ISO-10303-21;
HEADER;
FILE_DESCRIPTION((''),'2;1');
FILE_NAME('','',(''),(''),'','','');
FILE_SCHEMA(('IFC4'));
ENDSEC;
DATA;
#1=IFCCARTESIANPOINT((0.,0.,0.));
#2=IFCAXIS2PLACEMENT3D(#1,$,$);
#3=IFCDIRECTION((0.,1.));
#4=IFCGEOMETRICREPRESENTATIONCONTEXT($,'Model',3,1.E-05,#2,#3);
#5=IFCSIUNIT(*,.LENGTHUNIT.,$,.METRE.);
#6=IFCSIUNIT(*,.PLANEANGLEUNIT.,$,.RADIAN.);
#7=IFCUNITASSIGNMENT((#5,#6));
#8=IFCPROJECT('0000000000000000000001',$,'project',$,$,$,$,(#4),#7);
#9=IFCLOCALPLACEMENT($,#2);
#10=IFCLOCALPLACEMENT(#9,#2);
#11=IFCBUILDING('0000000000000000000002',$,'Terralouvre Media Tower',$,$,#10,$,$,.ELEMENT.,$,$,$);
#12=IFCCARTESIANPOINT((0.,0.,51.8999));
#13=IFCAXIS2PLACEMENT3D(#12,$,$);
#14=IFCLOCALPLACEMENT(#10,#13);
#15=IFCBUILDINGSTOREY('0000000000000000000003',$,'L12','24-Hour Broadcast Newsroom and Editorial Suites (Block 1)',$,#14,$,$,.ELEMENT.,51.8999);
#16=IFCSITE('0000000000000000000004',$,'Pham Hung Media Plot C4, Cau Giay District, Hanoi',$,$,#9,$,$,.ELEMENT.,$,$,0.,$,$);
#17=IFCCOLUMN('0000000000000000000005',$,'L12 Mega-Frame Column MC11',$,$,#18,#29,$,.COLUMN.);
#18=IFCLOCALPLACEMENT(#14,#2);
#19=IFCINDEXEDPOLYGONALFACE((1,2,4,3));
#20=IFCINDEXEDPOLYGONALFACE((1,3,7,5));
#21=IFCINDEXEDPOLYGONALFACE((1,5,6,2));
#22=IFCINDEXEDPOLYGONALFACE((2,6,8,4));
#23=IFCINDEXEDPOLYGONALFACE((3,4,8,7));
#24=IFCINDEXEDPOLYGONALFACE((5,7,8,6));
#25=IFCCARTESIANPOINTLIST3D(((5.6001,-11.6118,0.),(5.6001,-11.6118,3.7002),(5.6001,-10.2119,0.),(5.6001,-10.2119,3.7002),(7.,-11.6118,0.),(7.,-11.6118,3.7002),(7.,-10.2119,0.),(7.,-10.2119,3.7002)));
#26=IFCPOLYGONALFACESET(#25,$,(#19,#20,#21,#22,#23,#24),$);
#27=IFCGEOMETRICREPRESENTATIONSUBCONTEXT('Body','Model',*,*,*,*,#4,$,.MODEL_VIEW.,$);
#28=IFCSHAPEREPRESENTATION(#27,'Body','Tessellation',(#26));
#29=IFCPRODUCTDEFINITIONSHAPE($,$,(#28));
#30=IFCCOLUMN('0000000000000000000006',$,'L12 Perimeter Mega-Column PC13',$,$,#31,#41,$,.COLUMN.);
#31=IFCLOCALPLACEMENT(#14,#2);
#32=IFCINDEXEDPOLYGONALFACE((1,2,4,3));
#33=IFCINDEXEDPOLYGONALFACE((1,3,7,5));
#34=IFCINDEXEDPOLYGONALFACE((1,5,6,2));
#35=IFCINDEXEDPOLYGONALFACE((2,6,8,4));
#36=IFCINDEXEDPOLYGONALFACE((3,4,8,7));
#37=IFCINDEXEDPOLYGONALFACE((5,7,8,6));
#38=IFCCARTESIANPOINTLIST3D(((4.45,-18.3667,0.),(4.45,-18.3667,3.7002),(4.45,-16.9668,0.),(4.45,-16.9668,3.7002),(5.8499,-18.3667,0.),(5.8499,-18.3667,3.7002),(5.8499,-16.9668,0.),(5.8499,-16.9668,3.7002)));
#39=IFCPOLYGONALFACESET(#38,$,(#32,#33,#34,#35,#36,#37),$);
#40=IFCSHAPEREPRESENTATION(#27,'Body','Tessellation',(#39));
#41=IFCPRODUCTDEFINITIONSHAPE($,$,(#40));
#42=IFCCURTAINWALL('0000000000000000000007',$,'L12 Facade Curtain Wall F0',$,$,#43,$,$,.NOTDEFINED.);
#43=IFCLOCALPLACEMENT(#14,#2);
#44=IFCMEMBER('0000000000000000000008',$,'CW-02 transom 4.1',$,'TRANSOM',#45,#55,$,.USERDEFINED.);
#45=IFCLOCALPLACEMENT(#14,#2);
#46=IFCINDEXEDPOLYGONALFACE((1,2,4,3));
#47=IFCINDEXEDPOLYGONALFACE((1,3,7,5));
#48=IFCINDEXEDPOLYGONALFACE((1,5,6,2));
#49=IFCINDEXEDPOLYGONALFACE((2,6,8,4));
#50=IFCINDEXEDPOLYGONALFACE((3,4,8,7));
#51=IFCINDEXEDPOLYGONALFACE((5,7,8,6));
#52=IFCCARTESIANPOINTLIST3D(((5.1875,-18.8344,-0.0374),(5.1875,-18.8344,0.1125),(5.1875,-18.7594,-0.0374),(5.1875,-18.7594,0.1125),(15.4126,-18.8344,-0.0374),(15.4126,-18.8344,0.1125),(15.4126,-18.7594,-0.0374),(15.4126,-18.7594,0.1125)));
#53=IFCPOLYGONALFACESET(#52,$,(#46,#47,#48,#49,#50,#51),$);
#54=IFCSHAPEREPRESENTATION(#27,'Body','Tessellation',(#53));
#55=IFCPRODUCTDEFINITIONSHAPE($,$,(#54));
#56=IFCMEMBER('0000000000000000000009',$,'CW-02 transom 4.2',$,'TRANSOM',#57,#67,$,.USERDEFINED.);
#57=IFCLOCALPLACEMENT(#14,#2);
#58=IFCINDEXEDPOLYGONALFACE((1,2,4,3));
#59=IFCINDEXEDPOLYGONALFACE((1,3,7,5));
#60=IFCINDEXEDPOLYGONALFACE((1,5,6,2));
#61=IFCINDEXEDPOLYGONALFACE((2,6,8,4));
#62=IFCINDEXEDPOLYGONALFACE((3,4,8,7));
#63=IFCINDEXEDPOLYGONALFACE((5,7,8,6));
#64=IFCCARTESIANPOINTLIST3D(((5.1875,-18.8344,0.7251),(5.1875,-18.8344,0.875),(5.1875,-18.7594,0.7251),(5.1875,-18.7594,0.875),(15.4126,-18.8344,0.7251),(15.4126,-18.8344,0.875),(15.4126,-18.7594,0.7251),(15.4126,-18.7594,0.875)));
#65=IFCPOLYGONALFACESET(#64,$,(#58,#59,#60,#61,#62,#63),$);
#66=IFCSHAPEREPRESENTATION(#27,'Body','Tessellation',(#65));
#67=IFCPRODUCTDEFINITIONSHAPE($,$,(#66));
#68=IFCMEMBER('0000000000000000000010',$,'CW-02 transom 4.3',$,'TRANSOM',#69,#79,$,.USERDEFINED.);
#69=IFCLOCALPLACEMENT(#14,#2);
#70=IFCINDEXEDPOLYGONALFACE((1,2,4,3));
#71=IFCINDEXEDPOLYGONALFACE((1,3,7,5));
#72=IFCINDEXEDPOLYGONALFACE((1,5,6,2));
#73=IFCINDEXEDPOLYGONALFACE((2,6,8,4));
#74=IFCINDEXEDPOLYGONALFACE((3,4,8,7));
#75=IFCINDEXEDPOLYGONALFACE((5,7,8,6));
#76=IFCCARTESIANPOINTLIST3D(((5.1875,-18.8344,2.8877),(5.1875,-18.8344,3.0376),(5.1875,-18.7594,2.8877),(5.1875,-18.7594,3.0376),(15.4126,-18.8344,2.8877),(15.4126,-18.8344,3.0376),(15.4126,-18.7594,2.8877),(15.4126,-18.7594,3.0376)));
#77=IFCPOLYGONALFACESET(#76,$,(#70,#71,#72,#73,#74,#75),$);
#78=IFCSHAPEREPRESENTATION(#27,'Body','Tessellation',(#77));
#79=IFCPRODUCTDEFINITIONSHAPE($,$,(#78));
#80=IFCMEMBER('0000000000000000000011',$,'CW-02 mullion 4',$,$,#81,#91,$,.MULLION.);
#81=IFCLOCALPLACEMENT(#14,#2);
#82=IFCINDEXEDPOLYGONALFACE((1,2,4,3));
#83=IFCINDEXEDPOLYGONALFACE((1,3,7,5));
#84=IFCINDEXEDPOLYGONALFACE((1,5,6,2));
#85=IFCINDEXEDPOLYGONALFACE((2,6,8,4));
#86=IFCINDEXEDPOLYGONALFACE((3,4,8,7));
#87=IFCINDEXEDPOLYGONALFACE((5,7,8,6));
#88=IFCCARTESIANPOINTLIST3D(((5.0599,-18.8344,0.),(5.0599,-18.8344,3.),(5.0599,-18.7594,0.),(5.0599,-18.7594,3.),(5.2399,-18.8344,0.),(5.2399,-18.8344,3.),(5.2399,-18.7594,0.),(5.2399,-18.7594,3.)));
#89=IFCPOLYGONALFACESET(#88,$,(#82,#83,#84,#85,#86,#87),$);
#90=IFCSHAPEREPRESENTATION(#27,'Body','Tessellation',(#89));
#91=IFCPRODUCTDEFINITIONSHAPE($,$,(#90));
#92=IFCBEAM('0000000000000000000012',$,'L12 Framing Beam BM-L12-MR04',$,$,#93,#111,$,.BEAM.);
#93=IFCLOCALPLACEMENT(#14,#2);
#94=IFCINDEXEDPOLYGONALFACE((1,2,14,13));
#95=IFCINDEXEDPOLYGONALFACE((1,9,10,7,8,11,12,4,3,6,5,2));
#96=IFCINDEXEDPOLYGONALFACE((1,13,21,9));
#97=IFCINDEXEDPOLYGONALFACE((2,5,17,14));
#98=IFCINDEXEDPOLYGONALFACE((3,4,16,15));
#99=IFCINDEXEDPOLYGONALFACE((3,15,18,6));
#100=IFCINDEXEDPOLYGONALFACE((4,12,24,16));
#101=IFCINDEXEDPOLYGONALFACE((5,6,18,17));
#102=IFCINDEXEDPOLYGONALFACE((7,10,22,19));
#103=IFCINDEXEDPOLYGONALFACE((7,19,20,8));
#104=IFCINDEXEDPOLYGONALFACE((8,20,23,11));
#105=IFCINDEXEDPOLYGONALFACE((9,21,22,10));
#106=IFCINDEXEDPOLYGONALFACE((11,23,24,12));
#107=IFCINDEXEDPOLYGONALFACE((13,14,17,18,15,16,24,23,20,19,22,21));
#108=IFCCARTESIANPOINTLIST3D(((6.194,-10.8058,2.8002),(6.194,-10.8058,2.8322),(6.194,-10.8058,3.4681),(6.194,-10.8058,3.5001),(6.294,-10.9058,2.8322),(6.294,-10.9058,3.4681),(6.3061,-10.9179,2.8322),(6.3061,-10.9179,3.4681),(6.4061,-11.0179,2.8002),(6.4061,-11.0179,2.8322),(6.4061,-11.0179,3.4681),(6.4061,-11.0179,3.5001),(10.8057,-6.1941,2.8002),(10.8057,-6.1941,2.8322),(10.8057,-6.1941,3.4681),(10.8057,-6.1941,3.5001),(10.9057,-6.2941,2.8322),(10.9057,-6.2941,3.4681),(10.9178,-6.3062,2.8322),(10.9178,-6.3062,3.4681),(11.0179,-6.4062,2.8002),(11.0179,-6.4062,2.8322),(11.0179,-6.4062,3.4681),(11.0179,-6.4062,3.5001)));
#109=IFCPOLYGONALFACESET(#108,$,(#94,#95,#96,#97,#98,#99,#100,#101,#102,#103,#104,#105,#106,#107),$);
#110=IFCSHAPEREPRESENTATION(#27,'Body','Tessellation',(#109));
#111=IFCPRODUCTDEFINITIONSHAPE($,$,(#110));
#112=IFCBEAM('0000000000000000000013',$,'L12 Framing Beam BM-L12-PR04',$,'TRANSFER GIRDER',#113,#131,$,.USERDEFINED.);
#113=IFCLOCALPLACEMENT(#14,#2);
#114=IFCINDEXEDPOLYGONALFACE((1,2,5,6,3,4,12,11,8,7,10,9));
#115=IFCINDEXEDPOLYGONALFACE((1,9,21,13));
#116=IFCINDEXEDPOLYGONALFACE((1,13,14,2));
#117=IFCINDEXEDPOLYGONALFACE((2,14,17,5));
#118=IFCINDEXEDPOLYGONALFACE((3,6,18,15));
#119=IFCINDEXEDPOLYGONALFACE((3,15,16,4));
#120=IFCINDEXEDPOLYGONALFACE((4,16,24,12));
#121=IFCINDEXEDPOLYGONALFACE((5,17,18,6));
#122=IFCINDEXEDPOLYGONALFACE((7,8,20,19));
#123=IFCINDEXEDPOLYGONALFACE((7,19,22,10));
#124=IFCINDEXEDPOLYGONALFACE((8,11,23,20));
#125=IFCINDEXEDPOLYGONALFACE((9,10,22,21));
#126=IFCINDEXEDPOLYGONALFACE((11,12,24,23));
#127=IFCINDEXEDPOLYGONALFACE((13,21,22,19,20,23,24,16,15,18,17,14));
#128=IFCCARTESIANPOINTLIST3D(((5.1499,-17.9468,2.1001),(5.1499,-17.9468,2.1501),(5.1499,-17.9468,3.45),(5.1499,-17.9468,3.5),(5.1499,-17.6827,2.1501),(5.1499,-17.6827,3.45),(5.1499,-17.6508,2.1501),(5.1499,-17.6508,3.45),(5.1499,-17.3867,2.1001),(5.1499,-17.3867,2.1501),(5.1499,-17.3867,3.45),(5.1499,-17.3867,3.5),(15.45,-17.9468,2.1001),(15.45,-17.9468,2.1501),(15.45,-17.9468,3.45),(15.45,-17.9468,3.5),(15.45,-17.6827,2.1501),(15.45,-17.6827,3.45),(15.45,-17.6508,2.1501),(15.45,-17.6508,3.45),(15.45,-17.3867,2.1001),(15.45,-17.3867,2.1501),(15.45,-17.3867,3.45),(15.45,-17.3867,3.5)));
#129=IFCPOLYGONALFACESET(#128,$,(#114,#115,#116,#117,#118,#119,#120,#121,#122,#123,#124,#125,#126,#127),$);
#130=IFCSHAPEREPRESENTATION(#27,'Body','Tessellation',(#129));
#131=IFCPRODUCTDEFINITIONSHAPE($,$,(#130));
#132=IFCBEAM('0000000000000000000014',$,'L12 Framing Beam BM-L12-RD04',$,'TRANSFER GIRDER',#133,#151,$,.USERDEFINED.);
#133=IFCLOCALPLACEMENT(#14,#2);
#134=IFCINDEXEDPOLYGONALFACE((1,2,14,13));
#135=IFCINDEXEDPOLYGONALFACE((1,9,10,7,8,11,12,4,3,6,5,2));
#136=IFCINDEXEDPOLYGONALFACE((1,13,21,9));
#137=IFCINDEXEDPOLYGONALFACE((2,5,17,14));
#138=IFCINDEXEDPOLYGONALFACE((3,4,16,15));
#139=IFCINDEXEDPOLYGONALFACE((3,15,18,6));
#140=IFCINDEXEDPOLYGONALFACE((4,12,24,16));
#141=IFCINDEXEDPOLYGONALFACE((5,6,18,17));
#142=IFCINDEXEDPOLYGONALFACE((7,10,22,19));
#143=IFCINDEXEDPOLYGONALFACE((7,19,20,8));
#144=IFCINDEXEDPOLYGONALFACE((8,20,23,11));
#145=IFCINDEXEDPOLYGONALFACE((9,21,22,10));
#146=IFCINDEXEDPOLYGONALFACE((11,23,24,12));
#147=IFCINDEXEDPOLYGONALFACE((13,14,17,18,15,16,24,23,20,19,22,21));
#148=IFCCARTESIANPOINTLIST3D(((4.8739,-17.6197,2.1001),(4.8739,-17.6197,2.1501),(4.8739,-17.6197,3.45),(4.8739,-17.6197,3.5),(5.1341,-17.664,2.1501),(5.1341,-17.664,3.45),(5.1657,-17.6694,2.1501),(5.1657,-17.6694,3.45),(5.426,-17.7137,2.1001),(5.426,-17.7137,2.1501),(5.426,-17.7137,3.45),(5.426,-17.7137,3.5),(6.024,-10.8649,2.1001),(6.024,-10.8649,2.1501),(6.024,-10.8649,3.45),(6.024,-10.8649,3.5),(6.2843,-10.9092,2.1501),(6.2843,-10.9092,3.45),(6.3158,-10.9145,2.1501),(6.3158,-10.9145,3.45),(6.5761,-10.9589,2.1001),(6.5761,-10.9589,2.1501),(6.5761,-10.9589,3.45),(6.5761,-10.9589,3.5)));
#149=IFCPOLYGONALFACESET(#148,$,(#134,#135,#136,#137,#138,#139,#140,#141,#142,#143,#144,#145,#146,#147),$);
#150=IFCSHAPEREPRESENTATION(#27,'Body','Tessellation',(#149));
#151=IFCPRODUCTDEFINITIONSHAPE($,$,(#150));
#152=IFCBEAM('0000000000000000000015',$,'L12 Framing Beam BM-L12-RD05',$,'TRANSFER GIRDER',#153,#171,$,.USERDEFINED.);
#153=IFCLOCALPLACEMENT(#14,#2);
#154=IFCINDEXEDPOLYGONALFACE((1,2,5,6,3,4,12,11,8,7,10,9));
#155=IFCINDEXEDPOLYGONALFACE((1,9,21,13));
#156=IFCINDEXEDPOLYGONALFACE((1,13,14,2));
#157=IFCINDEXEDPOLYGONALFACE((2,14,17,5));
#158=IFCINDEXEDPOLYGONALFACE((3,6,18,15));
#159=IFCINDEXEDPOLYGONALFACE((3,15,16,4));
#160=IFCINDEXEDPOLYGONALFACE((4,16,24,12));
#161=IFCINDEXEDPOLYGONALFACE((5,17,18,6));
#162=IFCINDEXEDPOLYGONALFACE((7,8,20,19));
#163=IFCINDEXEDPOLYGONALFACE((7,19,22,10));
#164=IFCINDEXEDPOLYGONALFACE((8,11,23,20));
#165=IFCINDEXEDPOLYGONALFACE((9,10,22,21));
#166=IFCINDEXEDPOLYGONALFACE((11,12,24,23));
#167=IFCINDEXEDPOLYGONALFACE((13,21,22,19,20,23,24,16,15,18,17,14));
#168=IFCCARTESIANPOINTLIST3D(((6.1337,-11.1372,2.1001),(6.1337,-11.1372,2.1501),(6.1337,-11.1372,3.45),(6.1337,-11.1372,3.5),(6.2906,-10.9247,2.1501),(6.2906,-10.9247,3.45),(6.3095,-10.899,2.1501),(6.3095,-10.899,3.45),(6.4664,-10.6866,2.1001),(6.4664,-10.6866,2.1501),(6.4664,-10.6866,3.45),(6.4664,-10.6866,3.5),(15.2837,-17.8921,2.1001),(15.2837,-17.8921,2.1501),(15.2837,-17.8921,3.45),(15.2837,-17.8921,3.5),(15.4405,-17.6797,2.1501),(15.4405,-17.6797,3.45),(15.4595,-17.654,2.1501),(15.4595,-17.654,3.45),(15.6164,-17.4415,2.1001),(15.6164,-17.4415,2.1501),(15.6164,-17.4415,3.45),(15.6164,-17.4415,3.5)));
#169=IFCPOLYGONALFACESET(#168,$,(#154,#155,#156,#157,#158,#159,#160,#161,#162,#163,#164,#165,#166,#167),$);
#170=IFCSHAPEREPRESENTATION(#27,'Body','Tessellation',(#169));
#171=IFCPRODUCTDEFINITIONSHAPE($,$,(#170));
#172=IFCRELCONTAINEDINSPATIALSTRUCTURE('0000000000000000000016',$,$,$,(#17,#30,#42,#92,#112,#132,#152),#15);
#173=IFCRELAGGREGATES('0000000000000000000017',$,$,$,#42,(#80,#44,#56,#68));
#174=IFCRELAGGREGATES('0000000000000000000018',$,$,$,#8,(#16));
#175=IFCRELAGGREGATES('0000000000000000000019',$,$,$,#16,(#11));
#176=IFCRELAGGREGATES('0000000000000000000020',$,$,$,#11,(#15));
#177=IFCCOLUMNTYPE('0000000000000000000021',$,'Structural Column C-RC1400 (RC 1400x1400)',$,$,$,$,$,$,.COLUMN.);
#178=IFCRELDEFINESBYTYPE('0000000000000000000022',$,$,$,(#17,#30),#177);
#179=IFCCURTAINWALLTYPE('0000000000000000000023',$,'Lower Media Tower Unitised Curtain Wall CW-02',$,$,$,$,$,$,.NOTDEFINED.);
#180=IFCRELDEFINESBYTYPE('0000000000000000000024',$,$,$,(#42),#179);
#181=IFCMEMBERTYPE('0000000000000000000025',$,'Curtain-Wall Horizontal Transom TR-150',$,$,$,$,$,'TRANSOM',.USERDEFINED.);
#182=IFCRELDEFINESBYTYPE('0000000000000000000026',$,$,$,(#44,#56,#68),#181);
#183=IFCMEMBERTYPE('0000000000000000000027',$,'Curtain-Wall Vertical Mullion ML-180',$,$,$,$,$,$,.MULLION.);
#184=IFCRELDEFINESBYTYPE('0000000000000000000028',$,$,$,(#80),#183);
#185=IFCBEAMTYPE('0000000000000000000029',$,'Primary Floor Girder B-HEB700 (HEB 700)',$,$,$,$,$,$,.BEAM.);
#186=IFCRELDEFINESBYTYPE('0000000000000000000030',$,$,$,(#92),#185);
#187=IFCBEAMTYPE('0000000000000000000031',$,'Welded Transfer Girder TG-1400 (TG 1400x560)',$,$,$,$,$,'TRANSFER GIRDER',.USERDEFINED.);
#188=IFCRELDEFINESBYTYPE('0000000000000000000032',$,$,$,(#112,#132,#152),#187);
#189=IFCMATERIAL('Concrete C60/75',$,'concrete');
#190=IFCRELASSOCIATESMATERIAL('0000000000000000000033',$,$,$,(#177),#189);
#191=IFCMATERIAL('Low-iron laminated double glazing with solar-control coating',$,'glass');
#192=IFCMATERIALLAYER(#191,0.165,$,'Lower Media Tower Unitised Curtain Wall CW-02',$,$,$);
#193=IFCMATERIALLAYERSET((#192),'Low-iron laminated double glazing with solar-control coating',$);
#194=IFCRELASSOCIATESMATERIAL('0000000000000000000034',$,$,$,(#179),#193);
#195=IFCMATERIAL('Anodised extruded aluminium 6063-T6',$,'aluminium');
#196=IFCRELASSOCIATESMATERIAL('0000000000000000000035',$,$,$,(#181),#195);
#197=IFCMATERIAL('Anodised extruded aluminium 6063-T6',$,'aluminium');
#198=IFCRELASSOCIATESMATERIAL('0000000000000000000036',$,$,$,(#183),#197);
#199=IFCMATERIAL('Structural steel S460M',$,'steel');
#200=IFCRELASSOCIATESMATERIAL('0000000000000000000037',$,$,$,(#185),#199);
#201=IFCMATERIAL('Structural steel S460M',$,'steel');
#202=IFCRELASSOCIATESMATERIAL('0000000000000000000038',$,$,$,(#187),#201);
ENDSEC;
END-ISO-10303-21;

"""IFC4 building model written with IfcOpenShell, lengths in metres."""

from ifc_helpers import new_model, si_unit, direction, frame, origin, origin_2d, place, context, subcontext, project, spatial, rectangle, i_section, extrude, material, layer, layer_set, material_profile, profile_set, type_object, element, aggregate, save


model = new_model("IFC4")

# Units and contexts
model_context = context("Model", 3, precision=1e-05, world=origin(), true_north=direction((0.0, 1.0)))
body_context = subcontext(model_context, "Body", "Model", "MODEL_VIEW")
ifc_project = project(units=[si_unit("LENGTHUNIT", "METRE"), si_unit("PLANEANGLEUNIT", "RADIAN")], contexts=[model_context])

# Site, building, storey
site_placement = place(None, origin())
site = spatial("IfcSite", under=ifc_project, at=site_placement, Name="Pham Hung Media Plot C4, Cau Giay District, Hanoi", CompositionType="ELEMENT", RefElevation=0.0)
building_placement = place(site_placement, origin())
building = spatial("IfcBuilding", under=site, at=building_placement, Name="Terralouvre Media Tower", CompositionType="ELEMENT")
storey_placement = place(building_placement, frame((0.0, 0.0, 51.8999)))
storey = spatial("IfcBuildingStorey", under=building, at=storey_placement, Name="L12", Description="24-Hour Broadcast Newsroom and Editorial Suites (Block 1)", CompositionType="ELEMENT", Elevation=51.8999)

# Columns
ifc_material_1 = material(Name="Concrete C60/75", Category="concrete")
ifc_material_profile_1 = material_profile(ifc_material_1, rectangle(XDim=1.3999, YDim=1.3999, at=origin_2d()), Name="RC 1400x1400")
ifc_profile_set_1 = profile_set([ifc_material_profile_1], Name="Concrete C60/75")
column_type = type_object("IfcColumnType", Name="Structural Column C-RC1400 (RC 1400x1400)", PredefinedType="COLUMN", material=ifc_profile_set_1)
for number, where, z_axis, x_axis, name in (
    (1, (6.3, -10.9119, 0.0), (0.0, 0.0, 1.0), (1.0, 0.0, 0.0), "L12 Mega-Frame Column MC11"),
    (2, (5.1499, -17.6667, 0.0), (0.0, 0.0, 1.0), (1.0, 0.0, 0.0), "L12 Perimeter Mega-Column PC13"),
):
    element("IfcColumn", number, at=place(storey_placement, frame(where, z_axis=z_axis, x_axis=x_axis)), inside=storey, type_object=column_type, Name=name, PredefinedType="COLUMN", context=body_context, shape_type="SweptSolid", body=[
        extrude(rectangle(XDim=1.3999, YDim=1.3999, at=origin_2d()), origin(), (0.0, 0.0, 1.0), 3.7002),
    ])

# Curtain wall, members
ifc_material_2 = material(Name="Low-iron laminated double glazing with solar-control coating", Category="glass")
ifc_layer_1 = layer(ifc_material_2, 0.165, Name="Lower Media Tower Unitised Curtain Wall CW-02")
ifc_layer_set_1 = layer_set([ifc_layer_1], Name="Low-iron laminated double glazing with solar-control coating")
curtain_wall_type = type_object("IfcCurtainWallType", Name="Lower Media Tower Unitised Curtain Wall CW-02", PredefinedType="NOTDEFINED", material=ifc_layer_set_1)
curtain_wall_placement = place(storey_placement, origin())
curtain_wall = element("IfcCurtainWall", 3, at=curtain_wall_placement, inside=storey, type_object=curtain_wall_type, Name="L12 Facade Curtain Wall F0", PredefinedType="NOTDEFINED")
ifc_material_3 = material(Name="Anodised extruded aluminium 6063-T6", Category="aluminium")
ifc_material_profile_2 = material_profile(ifc_material_3, rectangle(XDim=0.075, YDim=0.1499, at=origin_2d()), Name="ALU 75x150")
ifc_profile_set_2 = profile_set([ifc_material_profile_2], Name="Anodised extruded aluminium 6063-T6")
member_type_1 = type_object("IfcMemberType", Name="Curtain-Wall Horizontal Transom TR-150", ElementType="TRANSOM", PredefinedType="USERDEFINED", material=ifc_profile_set_2)
member_1_placement = place(storey_placement, frame((5.1875, -18.7969, 0.0376), z_axis=(1.0, 0.0, 0.0), x_axis=(0.0, 1.0, 0.0)))
member_1 = element("IfcMember", 4, at=member_1_placement, type_object=member_type_1, Name="CW-02 transom 4.1", ObjectType="TRANSOM", PredefinedType="USERDEFINED", context=body_context, shape_type="SweptSolid", body=[
    extrude(rectangle(XDim=0.075, YDim=0.1499, at=origin_2d()), origin(), (0.0, 0.0, 1.0), 10.2251),
])
member_2_placement = place(storey_placement, frame((5.1875, -18.7969, 0.8), z_axis=(1.0, 0.0, 0.0), x_axis=(0.0, 1.0, 0.0)))
member_2 = element("IfcMember", 5, at=member_2_placement, type_object=member_type_1, Name="CW-02 transom 4.2", ObjectType="TRANSOM", PredefinedType="USERDEFINED", context=body_context, shape_type="SweptSolid", body=[
    extrude(rectangle(XDim=0.075, YDim=0.1499, at=origin_2d()), origin(), (0.0, 0.0, 1.0), 10.2251),
])
member_3_placement = place(storey_placement, frame((5.1875, -18.7969, 2.9626), z_axis=(1.0, 0.0, 0.0), x_axis=(0.0, 1.0, 0.0)))
member_3 = element("IfcMember", 6, at=member_3_placement, type_object=member_type_1, Name="CW-02 transom 4.3", ObjectType="TRANSOM", PredefinedType="USERDEFINED", context=body_context, shape_type="SweptSolid", body=[
    extrude(rectangle(XDim=0.075, YDim=0.1499, at=origin_2d()), origin(), (0.0, 0.0, 1.0), 10.2251),
])
ifc_material_4 = material(Name="Anodised extruded aluminium 6063-T6", Category="aluminium")
ifc_material_profile_3 = material_profile(ifc_material_4, rectangle(XDim=0.075, YDim=0.1799, at=origin_2d()), Name="ALU 75x180")
ifc_profile_set_3 = profile_set([ifc_material_profile_3], Name="Anodised extruded aluminium 6063-T6")
member_type_2 = type_object("IfcMemberType", Name="Curtain-Wall Vertical Mullion ML-180", PredefinedType="MULLION", material=ifc_profile_set_3)
member_4_placement = place(storey_placement, frame((5.1499, -18.7969, 0.0), z_axis=(0.0, 0.0, 1.0), x_axis=(0.0, 1.0, 0.0)))
member_4 = element("IfcMember", 7, at=member_4_placement, type_object=member_type_2, Name="CW-02 mullion 4", PredefinedType="MULLION", context=body_context, shape_type="SweptSolid", body=[
    extrude(rectangle(XDim=0.075, YDim=0.1799, at=origin_2d()), origin(), (0.0, 0.0, 1.0), 3.0),
])

# Beams
ifc_material_5 = material(Name="Structural steel S460M", Category="steel")
ifc_material_profile_4 = material_profile(ifc_material_5, i_section(OverallWidth=0.3, OverallDepth=0.7, WebThickness=0.0171, FlangeThickness=0.032, at=origin_2d()), Name="HEB 700")
ifc_profile_set_4 = profile_set([ifc_material_profile_4], Name="Structural steel S460M")
beam_type_1 = type_object("IfcBeamType", Name="Primary Floor Girder B-HEB700 (HEB 700)", PredefinedType="BEAM", material=ifc_profile_set_4)
beam_1_placement = place(storey_placement, frame((6.3, -10.9119, 3.1501), z_axis=(0.707107, 0.707107, 0.0), x_axis=(-0.707107, 0.707107, 0.0)))
element("IfcBeam", 8, at=beam_1_placement, inside=storey, type_object=beam_type_1, Name="L12 Framing Beam BM-L12-MR04", PredefinedType="BEAM", context=body_context, shape_type="SweptSolid", body=[
    extrude(i_section(OverallWidth=0.3, OverallDepth=0.7, WebThickness=0.0171, FlangeThickness=0.032, at=origin_2d()), origin(), (0.0, 0.0, 1.0), 6.522),
])
ifc_material_6 = material(Name="Structural steel S460M", Category="steel")
ifc_material_profile_5 = material_profile(ifc_material_6, i_section(OverallWidth=0.5601, OverallDepth=1.3999, WebThickness=0.032, FlangeThickness=0.05, at=origin_2d()), Name="TG 1400x560")
ifc_profile_set_5 = profile_set([ifc_material_profile_5], Name="Structural steel S460M")
beam_type_2 = type_object("IfcBeamType", Name="Welded Transfer Girder TG-1400 (TG 1400x560)", ElementType="TRANSFER GIRDER", PredefinedType="USERDEFINED", material=ifc_profile_set_5)
beam_2_placement = place(storey_placement, frame((5.1499, -17.6667, 2.8), z_axis=(1.0, 0.0, 0.0), x_axis=(0.0, 1.0, 0.0)))
element("IfcBeam", 9, at=beam_2_placement, inside=storey, type_object=beam_type_2, Name="L12 Framing Beam BM-L12-PR04", ObjectType="TRANSFER GIRDER", PredefinedType="USERDEFINED", context=body_context, shape_type="SweptSolid", body=[
    extrude(i_section(OverallWidth=0.5601, OverallDepth=1.3999, WebThickness=0.032, FlangeThickness=0.05, at=origin_2d()), origin(), (0.0, 0.0, 1.0), 10.3),
])
beam_3_placement = place(storey_placement, frame((6.3, -10.9119, 2.8), z_axis=(-0.167853, -0.985812, 0.0), x_axis=(0.985812, -0.167853, 0.0)))
element("IfcBeam", 10, at=beam_3_placement, inside=storey, type_object=beam_type_2, Name="L12 Framing Beam BM-L12-RD04", ObjectType="TRANSFER GIRDER", PredefinedType="USERDEFINED", context=body_context, shape_type="SweptSolid", body=[
    extrude(i_section(OverallWidth=0.5601, OverallDepth=1.3999, WebThickness=0.032, FlangeThickness=0.05, at=origin_2d()), origin(), (0.0, 0.0, 1.0), 6.8521),
])
beam_4_placement = place(storey_placement, frame((6.3, -10.9119, 2.8), z_axis=(0.804516, -0.593931, 0.0), x_axis=(0.593931, 0.804516, 0.0)))
element("IfcBeam", 11, at=beam_4_placement, inside=storey, type_object=beam_type_2, Name="L12 Framing Beam BM-L12-RD05", ObjectType="TRANSFER GIRDER", PredefinedType="USERDEFINED", context=body_context, shape_type="SweptSolid", body=[
    extrude(i_section(OverallWidth=0.5601, OverallDepth=1.3999, WebThickness=0.032, FlangeThickness=0.05, at=origin_2d()), origin(), (0.0, 0.0, 1.0), 11.3733),
])

aggregate(curtain_wall, [member_4, member_1, member_2, member_3])

save(model, "model.ifc")
